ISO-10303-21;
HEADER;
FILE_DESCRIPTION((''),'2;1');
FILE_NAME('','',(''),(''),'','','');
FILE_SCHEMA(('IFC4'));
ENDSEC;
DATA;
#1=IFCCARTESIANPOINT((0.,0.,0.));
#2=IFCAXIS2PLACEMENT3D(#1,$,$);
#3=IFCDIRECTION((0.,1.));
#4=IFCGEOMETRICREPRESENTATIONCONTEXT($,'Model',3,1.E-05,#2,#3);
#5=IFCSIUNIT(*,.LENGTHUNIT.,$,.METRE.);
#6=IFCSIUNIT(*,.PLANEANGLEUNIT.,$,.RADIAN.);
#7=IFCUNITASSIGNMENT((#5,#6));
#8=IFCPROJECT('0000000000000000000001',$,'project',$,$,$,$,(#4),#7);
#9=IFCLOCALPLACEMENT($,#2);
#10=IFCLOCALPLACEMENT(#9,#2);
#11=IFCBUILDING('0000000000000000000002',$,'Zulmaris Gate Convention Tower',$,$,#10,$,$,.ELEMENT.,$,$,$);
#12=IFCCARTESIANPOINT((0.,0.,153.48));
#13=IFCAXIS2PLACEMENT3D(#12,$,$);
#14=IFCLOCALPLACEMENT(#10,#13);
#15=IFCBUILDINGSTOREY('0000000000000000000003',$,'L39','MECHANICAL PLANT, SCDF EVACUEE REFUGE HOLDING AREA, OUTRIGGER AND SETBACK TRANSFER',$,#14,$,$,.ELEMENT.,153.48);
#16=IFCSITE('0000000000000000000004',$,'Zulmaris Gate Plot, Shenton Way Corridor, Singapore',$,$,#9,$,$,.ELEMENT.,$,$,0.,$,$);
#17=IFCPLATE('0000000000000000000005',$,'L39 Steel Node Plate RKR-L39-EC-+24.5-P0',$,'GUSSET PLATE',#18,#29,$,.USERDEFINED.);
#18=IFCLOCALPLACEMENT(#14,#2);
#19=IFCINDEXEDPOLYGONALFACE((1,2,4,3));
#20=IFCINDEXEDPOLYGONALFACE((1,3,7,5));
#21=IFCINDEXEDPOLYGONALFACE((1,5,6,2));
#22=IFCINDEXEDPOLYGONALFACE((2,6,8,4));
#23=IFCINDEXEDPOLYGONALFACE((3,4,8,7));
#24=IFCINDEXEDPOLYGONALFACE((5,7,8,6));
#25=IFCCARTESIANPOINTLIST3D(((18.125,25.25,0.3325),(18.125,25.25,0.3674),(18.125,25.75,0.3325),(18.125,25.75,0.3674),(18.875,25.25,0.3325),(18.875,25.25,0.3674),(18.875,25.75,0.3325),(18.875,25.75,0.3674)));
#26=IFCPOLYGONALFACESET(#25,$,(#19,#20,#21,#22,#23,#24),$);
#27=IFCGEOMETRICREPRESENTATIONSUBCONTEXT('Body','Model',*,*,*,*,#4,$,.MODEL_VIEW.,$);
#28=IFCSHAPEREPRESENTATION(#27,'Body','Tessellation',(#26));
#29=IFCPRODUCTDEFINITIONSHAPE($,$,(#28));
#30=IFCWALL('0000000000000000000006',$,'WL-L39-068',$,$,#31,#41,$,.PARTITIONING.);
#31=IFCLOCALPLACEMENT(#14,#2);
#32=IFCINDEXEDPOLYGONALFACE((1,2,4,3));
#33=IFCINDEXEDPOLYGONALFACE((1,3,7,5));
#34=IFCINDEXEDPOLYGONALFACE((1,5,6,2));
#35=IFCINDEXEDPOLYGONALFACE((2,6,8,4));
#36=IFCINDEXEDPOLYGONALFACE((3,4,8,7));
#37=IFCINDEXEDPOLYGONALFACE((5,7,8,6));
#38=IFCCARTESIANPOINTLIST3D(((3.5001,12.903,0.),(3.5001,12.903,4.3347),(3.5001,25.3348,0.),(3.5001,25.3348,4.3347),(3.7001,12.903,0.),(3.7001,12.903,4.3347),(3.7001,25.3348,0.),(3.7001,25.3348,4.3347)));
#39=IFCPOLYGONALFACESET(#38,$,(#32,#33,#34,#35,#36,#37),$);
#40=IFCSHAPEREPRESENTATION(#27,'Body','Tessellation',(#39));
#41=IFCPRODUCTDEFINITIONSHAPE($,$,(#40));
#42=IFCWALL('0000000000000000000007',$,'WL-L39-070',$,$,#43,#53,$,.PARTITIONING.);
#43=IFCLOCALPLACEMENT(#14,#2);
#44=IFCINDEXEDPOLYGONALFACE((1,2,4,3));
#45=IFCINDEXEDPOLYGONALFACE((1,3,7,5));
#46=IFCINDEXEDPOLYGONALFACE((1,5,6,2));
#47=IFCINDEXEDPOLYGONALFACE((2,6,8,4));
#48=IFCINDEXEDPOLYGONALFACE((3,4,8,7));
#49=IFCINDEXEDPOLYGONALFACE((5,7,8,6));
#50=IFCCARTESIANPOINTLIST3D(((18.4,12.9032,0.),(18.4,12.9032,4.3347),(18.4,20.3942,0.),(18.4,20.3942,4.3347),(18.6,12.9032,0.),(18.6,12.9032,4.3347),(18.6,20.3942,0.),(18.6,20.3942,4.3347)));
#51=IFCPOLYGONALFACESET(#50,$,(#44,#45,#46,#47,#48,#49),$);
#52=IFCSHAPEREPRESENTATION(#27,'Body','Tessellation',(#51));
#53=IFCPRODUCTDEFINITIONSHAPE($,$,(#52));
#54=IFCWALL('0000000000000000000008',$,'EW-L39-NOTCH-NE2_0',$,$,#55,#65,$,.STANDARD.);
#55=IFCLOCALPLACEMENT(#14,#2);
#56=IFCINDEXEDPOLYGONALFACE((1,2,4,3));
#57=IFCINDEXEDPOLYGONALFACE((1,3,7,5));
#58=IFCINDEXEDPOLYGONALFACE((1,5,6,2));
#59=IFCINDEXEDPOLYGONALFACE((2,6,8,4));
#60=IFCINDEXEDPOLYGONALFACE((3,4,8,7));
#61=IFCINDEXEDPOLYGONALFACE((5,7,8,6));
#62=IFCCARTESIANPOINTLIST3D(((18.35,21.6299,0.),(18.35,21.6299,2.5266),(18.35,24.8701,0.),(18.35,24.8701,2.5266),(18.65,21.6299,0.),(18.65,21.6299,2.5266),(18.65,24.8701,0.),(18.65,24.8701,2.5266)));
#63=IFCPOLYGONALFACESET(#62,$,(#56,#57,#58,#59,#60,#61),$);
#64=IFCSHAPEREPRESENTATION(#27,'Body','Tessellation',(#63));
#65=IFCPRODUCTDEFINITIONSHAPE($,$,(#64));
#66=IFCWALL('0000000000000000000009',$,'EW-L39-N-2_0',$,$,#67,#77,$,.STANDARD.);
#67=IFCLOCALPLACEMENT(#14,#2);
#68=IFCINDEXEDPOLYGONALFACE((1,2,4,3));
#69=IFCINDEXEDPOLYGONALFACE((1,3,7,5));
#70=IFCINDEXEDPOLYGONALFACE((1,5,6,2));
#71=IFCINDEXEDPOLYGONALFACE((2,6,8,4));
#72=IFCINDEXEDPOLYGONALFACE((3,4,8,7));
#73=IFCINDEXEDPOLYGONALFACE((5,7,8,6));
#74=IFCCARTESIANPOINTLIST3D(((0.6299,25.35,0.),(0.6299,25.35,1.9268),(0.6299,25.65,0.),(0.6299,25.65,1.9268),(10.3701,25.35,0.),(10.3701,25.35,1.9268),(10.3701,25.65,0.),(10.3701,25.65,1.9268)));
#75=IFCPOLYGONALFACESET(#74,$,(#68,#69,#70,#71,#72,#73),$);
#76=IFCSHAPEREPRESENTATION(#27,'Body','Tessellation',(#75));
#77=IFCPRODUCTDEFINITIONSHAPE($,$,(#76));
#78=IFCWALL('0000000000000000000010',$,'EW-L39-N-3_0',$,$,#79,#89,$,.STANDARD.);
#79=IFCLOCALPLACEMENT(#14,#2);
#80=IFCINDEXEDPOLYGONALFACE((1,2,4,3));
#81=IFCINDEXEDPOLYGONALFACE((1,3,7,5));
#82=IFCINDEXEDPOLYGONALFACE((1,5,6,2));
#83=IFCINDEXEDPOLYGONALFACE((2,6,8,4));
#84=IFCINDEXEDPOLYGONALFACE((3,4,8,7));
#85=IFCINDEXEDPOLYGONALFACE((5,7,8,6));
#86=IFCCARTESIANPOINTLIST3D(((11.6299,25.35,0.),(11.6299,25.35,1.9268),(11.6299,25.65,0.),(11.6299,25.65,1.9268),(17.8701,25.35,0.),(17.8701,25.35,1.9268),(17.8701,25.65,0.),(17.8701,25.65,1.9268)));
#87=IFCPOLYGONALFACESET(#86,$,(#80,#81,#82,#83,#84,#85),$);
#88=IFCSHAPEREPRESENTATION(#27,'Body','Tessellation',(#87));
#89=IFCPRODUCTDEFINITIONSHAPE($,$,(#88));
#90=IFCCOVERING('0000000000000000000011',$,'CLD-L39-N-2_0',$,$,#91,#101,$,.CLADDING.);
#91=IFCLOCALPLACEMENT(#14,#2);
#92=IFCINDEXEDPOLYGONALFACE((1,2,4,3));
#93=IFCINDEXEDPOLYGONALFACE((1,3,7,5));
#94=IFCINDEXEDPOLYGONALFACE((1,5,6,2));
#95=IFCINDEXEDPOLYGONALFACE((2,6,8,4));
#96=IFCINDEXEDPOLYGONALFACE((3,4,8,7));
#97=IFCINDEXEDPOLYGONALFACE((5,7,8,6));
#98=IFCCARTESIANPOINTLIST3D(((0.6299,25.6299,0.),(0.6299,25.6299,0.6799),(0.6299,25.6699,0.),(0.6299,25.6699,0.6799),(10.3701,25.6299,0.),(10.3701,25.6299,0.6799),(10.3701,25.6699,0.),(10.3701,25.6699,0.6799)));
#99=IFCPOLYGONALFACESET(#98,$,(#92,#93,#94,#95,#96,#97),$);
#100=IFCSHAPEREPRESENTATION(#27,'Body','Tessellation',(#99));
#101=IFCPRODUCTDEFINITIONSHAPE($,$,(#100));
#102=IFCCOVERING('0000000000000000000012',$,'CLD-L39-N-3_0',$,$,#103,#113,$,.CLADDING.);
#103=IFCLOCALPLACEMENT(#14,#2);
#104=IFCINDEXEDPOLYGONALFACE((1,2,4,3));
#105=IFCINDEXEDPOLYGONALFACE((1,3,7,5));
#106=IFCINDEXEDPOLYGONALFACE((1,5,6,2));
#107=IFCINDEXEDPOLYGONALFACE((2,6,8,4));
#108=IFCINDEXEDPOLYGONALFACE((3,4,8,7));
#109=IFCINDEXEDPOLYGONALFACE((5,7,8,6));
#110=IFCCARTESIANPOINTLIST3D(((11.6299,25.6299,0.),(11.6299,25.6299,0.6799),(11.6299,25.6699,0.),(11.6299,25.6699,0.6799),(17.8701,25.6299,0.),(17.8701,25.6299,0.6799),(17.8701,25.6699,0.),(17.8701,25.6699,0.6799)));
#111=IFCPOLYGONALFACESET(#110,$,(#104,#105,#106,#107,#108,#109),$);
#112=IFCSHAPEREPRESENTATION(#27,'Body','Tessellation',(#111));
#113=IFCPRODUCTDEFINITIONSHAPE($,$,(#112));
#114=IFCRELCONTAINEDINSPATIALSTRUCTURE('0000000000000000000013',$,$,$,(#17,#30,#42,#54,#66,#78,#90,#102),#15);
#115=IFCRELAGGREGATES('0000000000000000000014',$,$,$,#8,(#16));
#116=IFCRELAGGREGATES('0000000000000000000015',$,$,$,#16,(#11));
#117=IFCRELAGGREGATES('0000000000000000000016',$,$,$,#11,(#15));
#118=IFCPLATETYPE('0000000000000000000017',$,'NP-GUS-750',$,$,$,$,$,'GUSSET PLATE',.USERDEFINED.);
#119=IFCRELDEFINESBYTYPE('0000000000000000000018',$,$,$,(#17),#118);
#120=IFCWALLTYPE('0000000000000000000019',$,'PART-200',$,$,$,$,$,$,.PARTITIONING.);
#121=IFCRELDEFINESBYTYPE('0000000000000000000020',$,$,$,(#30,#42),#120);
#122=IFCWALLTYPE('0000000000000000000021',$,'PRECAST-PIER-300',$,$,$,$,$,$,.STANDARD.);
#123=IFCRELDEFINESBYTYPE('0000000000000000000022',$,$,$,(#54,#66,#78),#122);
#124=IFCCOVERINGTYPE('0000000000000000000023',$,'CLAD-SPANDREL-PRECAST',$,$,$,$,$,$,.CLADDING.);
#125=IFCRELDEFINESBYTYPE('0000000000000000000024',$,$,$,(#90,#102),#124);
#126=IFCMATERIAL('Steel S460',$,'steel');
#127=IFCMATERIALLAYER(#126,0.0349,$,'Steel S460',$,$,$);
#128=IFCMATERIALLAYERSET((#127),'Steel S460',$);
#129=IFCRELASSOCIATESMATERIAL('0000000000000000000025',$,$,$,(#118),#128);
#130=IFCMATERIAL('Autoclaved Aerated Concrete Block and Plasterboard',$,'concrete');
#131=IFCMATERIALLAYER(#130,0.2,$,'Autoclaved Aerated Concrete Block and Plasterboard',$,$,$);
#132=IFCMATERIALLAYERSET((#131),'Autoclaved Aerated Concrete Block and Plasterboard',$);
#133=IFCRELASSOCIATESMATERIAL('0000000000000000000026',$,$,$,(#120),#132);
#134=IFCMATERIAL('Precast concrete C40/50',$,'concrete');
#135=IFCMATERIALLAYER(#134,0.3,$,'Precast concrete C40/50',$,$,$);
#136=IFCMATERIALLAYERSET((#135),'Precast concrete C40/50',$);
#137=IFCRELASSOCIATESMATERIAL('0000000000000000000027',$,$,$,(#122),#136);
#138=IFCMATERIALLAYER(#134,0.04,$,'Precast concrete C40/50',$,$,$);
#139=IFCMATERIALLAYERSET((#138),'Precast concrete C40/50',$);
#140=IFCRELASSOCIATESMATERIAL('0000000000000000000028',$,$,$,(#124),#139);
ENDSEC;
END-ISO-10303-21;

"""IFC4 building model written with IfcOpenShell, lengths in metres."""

from ifc_helpers import new_model, si_unit, direction, frame, frame_2d, origin, origin_2d, place, context, subcontext, project, spatial, rectangle, extrude, material, layer, layer_set, type_object, element, save


model = new_model("IFC4")

# Units and contexts
model_context = context("Model", 3, precision=1e-05, world=origin(), true_north=direction((0.0, 1.0)))
body_context = subcontext(model_context, "Body", "Model", "MODEL_VIEW")
ifc_project = project(units=[si_unit("LENGTHUNIT", "METRE"), si_unit("PLANEANGLEUNIT", "RADIAN")], contexts=[model_context])

# Site, building, storey
site_placement = place(None, origin())
site = spatial("IfcSite", under=ifc_project, at=site_placement, Name="Zulmaris Gate Plot, Shenton Way Corridor, Singapore", CompositionType="ELEMENT", RefElevation=0.0)
building_placement = place(site_placement, origin())
building = spatial("IfcBuilding", under=site, at=building_placement, Name="Zulmaris Gate Convention Tower", CompositionType="ELEMENT")
storey_placement = place(building_placement, frame((0.0, 0.0, 153.48)))
storey = spatial("IfcBuildingStorey", under=building, at=storey_placement, Name="L39", Description="MECHANICAL PLANT, SCDF EVACUEE REFUGE HOLDING AREA, OUTRIGGER AND SETBACK TRANSFER", CompositionType="ELEMENT", Elevation=153.48)

# Shared definitions
ifc_material_1 = material(Name="Steel S460", Category="steel")

# Plate
ifc_layer_1 = layer(ifc_material_1, 0.0349, Name="Steel S460")
ifc_layer_set_1 = layer_set([ifc_layer_1], Name="Steel S460")
plate_type_1 = type_object("IfcPlateType", Name="NP-GUS-750", ElementType="GUSSET PLATE", PredefinedType="USERDEFINED", material=ifc_layer_set_1)
plate_placement = place(storey_placement, frame((18.5, 25.5, 0.3325), z_axis=(0.0, 0.0, 1.0), x_axis=(1.0, 0.0, 0.0)))
element("IfcPlate", 1, at=plate_placement, inside=storey, type_object=plate_type_1, Name="L39 Steel Node Plate RKR-L39-EC-+24.5-P0", ObjectType="GUSSET PLATE", PredefinedType="USERDEFINED", context=body_context, shape_type="SweptSolid", body=[
    extrude(rectangle(XDim=0.75, YDim=0.5, at=origin_2d()), origin(), (0.0, 0.0, 1.0), 0.0349),
])

# Walls
ifc_material_2 = material(Name="Autoclaved Aerated Concrete Block and Plasterboard", Category="concrete")
ifc_layer_2 = layer(ifc_material_2, 0.2, Name="Autoclaved Aerated Concrete Block and Plasterboard")
ifc_layer_set_2 = layer_set([ifc_layer_2], Name="Autoclaved Aerated Concrete Block and Plasterboard")
wall_type_1 = type_object("IfcWallType", Name="PART-200", PredefinedType="PARTITIONING", material=ifc_layer_set_2)
wall_1_placement = place(storey_placement, frame((3.6001, 12.9031, 0.0), z_axis=(0.0, 0.0, 1.0), x_axis=(0.0, 1.0, 0.0)))
element("IfcWall", 2, at=wall_1_placement, inside=storey, type_object=wall_type_1, Name="WL-L39-068", PredefinedType="PARTITIONING", context=body_context, shape_type="SweptSolid", body=[
    extrude(rectangle(XDim=12.4319, YDim=0.2, at=frame_2d((6.2158, 0.0))), origin(), (0.0, 0.0, 1.0), 4.3347),
])
wall_2_placement = place(storey_placement, frame((18.5, 12.9031, 0.0), z_axis=(0.0, 0.0, 1.0), x_axis=(0.0, 1.0, 0.0)))
element("IfcWall", 3, at=wall_2_placement, inside=storey, type_object=wall_type_1, Name="WL-L39-070", PredefinedType="PARTITIONING", context=body_context, shape_type="SweptSolid", body=[
    extrude(rectangle(XDim=7.491, YDim=0.2, at=frame_2d((3.7456, 0.0))), origin(), (0.0, 0.0, 1.0), 4.3347),
])
ifc_material_3 = material(Name="Precast concrete C40/50", Category="concrete")
ifc_layer_3 = layer(ifc_material_3, 0.3, Name="Precast concrete C40/50")
ifc_layer_set_3 = layer_set([ifc_layer_3], Name="Precast concrete C40/50")
wall_type_2 = type_object("IfcWallType", Name="PRECAST-PIER-300", PredefinedType="STANDARD", material=ifc_layer_set_3)
wall_3_placement = place(storey_placement, frame((18.5, 21.6299, 0.0), z_axis=(0.0, 0.0, 1.0), x_axis=(0.0, 1.0, 0.0)))
element("IfcWall", 4, at=wall_3_placement, inside=storey, type_object=wall_type_2, Name="EW-L39-NOTCH-NE2_0", PredefinedType="STANDARD", context=body_context, shape_type="SweptSolid", body=[
    extrude(rectangle(XDim=3.2402, YDim=0.3, at=frame_2d((1.6201, 0.0))), origin(), (0.0, 0.0, 1.0), 2.5266),
])
wall_4_placement = place(storey_placement, frame((10.3701, 25.5, 0.0), z_axis=(0.0, 0.0, 1.0), x_axis=(-1.0, 0.0, 0.0)))
element("IfcWall", 5, at=wall_4_placement, inside=storey, type_object=wall_type_2, Name="EW-L39-N-2_0", PredefinedType="STANDARD", context=body_context, shape_type="SweptSolid", body=[
    extrude(rectangle(XDim=9.7402, YDim=0.3, at=frame_2d((4.8701, 0.0))), origin(), (0.0, 0.0, 1.0), 1.9268),
])
wall_5_placement = place(storey_placement, frame((17.8701, 25.5, 0.0), z_axis=(0.0, 0.0, 1.0), x_axis=(-1.0, 0.0, 0.0)))
element("IfcWall", 6, at=wall_5_placement, inside=storey, type_object=wall_type_2, Name="EW-L39-N-3_0", PredefinedType="STANDARD", context=body_context, shape_type="SweptSolid", body=[
    extrude(rectangle(XDim=6.2402, YDim=0.3, at=frame_2d((3.1201, 0.0))), origin(), (0.0, 0.0, 1.0), 1.9268),
])

# Coverings
ifc_layer_4 = layer(ifc_material_3, 0.04, Name="Precast concrete C40/50")
ifc_layer_set_4 = layer_set([ifc_layer_4], Name="Precast concrete C40/50")
covering_type = type_object("IfcCoveringType", Name="CLAD-SPANDREL-PRECAST", PredefinedType="CLADDING", material=ifc_layer_set_4)
covering_1_placement = place(storey_placement, frame((10.3701, 25.6499, 0.0), z_axis=(0.0, 0.0, 1.0), x_axis=(-1.0, 0.0, 0.0)))
element("IfcCovering", 7, at=covering_1_placement, inside=storey, type_object=covering_type, Name="CLD-L39-N-2_0", PredefinedType="CLADDING", context=body_context, shape_type="SweptSolid", body=[
    extrude(rectangle(XDim=9.7402, YDim=0.04, at=frame_2d((4.8701, 0.0))), origin(), (0.0, 0.0, 1.0), 0.6799),
])
covering_2_placement = place(storey_placement, frame((17.8701, 25.6499, 0.0), z_axis=(0.0, 0.0, 1.0), x_axis=(-1.0, 0.0, 0.0)))
element("IfcCovering", 8, at=covering_2_placement, inside=storey, type_object=covering_type, Name="CLD-L39-N-3_0", PredefinedType="CLADDING", context=body_context, shape_type="SweptSolid", body=[
    extrude(rectangle(XDim=6.2402, YDim=0.04, at=frame_2d((3.1201, 0.0))), origin(), (0.0, 0.0, 1.0), 0.6799),
])

save(model, "model.ifc")
